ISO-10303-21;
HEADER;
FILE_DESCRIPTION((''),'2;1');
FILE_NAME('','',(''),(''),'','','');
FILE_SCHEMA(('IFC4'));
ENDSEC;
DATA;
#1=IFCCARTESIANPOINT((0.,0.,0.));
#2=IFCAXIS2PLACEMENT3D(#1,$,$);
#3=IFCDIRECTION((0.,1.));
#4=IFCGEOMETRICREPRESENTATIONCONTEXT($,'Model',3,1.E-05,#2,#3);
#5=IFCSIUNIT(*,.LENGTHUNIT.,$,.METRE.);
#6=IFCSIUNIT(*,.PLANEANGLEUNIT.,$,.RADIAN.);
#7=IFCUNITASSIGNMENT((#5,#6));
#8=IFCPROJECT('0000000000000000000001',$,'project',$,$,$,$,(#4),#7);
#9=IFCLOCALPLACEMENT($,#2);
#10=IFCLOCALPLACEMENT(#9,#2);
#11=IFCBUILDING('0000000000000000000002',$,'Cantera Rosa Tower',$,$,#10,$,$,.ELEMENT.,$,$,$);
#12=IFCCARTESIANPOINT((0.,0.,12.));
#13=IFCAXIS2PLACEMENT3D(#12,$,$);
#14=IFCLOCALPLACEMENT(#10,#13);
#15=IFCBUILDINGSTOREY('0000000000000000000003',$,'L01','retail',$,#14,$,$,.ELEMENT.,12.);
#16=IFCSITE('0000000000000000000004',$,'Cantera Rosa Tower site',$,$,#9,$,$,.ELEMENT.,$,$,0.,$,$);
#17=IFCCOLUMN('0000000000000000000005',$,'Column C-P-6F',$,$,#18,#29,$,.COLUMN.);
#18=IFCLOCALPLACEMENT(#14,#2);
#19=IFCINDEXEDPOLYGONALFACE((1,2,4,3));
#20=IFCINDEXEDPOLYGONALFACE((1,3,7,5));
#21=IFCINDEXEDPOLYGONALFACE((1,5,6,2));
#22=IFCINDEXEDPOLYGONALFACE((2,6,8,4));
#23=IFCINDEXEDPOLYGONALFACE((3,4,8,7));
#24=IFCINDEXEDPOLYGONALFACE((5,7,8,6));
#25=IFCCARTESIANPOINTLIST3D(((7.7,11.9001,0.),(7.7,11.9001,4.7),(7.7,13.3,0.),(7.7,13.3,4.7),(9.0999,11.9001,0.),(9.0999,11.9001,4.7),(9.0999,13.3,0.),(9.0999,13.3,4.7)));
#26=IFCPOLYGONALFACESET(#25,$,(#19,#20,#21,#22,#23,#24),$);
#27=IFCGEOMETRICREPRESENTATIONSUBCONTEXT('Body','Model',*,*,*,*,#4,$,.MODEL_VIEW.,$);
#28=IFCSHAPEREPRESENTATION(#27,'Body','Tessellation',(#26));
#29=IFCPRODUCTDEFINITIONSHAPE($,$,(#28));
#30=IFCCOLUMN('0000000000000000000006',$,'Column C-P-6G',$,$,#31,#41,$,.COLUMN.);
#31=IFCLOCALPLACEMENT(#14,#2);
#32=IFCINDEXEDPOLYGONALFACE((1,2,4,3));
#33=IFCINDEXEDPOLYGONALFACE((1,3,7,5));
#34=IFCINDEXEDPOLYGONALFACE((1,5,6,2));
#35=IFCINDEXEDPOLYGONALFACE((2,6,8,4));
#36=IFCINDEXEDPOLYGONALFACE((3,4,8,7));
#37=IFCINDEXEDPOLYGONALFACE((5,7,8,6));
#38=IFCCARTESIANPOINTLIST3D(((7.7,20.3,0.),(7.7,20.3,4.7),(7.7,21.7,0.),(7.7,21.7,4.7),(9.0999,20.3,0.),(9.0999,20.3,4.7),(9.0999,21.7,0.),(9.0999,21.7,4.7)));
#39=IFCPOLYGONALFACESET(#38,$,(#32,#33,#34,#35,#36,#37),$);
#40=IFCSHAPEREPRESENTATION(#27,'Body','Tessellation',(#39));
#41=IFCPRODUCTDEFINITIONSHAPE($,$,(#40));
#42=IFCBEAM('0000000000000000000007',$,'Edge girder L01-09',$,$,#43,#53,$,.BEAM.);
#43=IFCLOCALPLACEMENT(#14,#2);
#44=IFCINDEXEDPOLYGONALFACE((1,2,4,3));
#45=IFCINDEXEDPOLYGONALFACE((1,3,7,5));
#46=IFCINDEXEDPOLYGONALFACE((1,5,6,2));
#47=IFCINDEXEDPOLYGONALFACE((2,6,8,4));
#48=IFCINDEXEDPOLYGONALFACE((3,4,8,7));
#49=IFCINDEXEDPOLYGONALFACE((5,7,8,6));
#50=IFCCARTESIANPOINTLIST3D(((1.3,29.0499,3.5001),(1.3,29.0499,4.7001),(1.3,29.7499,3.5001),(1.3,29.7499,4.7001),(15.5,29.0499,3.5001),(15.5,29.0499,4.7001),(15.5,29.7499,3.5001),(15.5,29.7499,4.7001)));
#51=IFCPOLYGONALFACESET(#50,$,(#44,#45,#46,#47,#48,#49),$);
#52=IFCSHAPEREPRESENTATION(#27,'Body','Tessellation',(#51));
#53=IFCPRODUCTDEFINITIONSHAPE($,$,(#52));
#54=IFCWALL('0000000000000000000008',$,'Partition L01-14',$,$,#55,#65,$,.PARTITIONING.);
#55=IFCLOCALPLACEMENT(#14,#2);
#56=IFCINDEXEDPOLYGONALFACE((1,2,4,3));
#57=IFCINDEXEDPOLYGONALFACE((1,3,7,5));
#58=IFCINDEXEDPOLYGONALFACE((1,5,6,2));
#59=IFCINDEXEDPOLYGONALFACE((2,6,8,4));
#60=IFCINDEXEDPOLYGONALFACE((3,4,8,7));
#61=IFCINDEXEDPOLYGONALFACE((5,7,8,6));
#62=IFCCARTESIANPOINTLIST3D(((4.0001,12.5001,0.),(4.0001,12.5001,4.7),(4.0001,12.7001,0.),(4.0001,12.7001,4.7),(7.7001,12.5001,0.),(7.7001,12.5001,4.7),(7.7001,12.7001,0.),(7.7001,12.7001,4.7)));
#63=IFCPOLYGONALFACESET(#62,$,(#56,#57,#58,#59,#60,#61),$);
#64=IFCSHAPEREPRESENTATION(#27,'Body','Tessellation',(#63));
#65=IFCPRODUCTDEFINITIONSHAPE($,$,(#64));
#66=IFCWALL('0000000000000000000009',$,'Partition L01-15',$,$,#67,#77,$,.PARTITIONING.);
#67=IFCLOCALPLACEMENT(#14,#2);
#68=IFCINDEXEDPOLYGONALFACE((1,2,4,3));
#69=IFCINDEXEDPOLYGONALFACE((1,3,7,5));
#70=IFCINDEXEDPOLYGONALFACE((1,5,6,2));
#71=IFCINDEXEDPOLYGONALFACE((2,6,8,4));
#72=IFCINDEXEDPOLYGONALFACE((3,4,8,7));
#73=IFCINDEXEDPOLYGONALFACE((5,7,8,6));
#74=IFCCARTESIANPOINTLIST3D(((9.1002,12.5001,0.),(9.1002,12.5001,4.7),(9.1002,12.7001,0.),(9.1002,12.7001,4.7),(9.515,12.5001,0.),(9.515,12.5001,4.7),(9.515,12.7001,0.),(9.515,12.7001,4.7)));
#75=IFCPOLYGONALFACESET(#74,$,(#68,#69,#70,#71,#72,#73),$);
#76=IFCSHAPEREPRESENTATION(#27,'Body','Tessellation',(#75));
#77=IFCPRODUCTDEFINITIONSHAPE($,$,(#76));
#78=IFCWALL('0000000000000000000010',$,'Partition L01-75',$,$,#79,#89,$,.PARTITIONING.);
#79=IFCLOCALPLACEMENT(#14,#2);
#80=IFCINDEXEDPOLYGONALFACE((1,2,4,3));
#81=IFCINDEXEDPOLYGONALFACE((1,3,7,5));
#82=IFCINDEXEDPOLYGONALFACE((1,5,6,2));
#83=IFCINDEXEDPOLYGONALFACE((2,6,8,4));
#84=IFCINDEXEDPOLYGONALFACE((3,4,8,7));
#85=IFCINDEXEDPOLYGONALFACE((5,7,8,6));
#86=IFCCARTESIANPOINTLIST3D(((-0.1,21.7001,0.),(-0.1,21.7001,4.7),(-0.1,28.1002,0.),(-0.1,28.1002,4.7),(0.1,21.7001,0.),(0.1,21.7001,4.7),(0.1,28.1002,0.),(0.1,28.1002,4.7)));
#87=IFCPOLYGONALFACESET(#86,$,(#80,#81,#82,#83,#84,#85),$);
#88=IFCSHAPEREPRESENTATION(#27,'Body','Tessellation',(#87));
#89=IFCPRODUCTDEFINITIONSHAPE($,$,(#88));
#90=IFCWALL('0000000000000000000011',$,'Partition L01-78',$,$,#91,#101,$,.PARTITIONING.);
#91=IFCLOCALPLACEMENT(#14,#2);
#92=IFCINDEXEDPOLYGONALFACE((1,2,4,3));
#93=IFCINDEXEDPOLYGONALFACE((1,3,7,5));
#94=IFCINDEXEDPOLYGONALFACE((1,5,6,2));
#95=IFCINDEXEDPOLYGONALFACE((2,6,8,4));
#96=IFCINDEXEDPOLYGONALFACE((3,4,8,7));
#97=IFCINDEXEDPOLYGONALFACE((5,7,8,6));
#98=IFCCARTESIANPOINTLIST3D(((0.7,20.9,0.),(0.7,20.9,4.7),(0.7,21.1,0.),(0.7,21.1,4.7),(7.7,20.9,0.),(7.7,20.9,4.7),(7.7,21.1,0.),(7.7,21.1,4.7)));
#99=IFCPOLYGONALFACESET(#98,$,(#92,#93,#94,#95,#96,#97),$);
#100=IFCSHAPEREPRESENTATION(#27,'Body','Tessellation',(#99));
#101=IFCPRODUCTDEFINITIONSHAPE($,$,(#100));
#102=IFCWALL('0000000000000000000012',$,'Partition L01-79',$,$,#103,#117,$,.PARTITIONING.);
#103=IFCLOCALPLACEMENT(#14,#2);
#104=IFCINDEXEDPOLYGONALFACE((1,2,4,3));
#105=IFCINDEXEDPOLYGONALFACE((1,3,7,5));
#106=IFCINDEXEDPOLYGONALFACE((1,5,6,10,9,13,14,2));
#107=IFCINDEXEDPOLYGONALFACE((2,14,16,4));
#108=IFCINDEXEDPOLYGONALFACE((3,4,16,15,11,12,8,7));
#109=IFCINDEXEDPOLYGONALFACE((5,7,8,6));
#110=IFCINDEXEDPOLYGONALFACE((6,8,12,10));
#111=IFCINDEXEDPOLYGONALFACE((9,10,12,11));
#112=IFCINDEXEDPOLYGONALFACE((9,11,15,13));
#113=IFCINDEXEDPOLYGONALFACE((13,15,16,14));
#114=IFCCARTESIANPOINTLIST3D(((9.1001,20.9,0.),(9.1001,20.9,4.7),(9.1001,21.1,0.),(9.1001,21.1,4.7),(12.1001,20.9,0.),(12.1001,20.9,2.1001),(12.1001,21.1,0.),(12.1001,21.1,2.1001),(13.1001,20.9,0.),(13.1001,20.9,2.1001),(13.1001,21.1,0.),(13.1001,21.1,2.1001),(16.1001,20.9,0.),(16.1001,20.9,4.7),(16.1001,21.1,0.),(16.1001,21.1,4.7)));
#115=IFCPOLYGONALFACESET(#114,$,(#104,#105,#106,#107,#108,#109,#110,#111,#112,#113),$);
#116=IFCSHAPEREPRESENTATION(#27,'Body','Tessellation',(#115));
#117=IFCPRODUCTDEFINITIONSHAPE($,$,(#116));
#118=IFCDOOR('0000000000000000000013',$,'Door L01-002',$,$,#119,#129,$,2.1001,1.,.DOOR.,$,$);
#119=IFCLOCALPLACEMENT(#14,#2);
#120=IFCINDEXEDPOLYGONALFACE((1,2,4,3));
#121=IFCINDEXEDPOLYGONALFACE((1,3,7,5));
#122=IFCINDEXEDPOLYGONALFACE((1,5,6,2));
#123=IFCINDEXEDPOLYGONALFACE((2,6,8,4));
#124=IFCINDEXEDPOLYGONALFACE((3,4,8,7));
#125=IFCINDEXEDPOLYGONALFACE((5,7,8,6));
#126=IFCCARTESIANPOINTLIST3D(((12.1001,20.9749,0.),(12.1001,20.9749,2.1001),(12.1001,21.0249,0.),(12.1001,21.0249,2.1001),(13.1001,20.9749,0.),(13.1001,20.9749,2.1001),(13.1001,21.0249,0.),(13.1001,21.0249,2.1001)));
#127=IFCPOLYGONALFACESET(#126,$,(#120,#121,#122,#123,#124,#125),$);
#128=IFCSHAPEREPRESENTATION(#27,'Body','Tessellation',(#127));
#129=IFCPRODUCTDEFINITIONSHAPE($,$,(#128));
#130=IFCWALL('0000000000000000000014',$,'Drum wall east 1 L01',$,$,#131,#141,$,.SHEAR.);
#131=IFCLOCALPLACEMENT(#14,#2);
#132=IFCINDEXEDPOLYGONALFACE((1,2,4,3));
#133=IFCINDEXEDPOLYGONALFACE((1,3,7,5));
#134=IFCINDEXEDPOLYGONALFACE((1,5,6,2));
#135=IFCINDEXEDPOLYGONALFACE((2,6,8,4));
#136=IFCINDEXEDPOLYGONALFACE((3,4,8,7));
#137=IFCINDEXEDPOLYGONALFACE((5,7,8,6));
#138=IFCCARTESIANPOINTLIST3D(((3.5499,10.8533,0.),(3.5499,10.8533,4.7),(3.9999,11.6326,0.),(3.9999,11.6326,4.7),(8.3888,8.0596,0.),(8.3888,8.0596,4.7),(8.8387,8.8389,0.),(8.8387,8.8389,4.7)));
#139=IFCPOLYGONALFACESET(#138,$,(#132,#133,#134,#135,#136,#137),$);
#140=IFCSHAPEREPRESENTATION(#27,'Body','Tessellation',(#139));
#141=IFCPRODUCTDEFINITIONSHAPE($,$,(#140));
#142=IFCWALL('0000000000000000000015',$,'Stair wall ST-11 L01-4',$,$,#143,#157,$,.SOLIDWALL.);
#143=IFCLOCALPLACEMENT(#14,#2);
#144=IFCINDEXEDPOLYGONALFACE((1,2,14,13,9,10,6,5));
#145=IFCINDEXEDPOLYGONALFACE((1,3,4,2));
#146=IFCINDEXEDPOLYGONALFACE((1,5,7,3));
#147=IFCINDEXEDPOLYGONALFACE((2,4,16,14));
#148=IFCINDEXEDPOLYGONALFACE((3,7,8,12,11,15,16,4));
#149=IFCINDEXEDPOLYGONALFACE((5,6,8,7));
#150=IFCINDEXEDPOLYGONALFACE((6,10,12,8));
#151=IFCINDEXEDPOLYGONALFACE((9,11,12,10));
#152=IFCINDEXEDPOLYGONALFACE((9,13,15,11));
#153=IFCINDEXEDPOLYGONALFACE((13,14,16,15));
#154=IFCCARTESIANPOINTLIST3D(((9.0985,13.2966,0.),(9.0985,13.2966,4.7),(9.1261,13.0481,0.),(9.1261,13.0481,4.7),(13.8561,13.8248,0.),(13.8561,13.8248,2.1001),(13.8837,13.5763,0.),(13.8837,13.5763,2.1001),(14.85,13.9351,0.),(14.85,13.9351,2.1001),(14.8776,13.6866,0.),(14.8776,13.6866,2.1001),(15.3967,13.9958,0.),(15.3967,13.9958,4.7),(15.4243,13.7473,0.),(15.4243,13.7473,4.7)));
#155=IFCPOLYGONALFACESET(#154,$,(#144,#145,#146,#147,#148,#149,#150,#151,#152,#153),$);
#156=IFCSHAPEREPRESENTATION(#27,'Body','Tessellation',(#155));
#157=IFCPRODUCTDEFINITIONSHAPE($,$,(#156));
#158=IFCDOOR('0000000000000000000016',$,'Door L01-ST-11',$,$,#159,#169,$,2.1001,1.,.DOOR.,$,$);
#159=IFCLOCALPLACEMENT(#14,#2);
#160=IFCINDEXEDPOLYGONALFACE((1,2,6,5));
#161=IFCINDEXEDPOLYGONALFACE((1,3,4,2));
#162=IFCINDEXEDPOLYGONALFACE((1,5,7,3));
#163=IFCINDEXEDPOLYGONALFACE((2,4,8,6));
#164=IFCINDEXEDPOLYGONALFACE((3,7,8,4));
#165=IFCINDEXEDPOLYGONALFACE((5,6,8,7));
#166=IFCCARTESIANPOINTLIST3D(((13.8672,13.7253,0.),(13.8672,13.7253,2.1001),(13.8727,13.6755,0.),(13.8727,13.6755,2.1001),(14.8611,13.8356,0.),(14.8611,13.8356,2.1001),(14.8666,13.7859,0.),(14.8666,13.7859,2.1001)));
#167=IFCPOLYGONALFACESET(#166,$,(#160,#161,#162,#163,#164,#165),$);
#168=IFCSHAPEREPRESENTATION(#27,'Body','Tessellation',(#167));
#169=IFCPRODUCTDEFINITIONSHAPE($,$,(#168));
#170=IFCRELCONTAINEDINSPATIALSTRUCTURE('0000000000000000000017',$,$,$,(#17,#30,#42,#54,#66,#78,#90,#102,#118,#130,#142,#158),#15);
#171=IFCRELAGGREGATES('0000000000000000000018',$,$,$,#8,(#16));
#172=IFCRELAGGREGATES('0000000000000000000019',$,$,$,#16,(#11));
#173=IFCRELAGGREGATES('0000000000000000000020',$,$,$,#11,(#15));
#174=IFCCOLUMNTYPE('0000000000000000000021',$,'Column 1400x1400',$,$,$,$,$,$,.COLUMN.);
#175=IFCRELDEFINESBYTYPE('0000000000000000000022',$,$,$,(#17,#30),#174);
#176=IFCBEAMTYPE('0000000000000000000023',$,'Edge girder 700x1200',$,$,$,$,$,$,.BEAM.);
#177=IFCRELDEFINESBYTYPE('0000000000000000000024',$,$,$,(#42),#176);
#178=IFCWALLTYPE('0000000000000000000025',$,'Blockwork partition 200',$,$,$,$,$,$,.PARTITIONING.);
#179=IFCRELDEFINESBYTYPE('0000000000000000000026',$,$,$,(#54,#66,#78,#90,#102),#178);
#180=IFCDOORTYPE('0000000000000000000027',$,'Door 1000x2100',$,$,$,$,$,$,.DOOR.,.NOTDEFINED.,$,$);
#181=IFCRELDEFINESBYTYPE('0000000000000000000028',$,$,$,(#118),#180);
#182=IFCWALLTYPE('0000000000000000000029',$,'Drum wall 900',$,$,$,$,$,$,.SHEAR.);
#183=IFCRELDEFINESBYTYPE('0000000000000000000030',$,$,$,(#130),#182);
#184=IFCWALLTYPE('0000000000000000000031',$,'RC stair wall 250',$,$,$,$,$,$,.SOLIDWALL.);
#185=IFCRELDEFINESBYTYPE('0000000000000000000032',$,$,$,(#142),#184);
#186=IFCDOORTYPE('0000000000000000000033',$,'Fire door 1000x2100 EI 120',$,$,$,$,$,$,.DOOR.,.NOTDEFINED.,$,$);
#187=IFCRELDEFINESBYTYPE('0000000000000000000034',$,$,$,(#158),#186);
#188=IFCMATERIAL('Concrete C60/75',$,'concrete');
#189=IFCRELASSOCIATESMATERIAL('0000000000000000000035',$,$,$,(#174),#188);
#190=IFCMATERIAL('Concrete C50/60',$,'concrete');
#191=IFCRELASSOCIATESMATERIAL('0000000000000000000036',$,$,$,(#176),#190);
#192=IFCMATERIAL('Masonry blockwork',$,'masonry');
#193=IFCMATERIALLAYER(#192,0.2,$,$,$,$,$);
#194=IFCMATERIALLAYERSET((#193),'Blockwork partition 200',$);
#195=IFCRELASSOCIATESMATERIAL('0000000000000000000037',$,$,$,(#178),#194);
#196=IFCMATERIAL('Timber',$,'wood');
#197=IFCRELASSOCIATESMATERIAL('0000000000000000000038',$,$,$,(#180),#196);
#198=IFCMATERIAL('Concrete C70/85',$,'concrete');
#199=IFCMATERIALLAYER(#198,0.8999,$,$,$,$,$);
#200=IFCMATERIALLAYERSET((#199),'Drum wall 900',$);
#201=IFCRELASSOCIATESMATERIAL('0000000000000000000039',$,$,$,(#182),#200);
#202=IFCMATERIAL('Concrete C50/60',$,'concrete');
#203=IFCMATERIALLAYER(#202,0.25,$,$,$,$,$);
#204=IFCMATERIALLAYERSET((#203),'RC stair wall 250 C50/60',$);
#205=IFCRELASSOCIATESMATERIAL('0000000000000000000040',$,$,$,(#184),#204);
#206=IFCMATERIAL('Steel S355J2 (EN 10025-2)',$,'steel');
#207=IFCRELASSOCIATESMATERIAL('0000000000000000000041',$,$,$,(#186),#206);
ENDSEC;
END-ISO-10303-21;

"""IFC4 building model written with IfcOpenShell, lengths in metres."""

from ifc_helpers import new_model, si_unit, direction, frame, frame_2d, origin, origin_2d, place, context, subcontext, project, spatial, rectangle, extrude, material, layer, layer_set, material_profile, profile_set, type_object, element, fill, save


model = new_model("IFC4")

# Units and contexts
model_context = context("Model", 3, precision=1e-05, world=origin(), true_north=direction((0.0, 1.0)))
body_context = subcontext(model_context, "Body", "Model", "MODEL_VIEW")
ifc_project = project(units=[si_unit("LENGTHUNIT", "METRE"), si_unit("PLANEANGLEUNIT", "RADIAN")], contexts=[model_context])

# Site, building, storey
site_placement = place(None, origin())
site = spatial("IfcSite", under=ifc_project, at=site_placement, Name="Cantera Rosa Tower site", CompositionType="ELEMENT", RefElevation=0.0)
building_placement = place(site_placement, origin())
building = spatial("IfcBuilding", under=site, at=building_placement, Name="Cantera Rosa Tower", CompositionType="ELEMENT")
storey_placement = place(building_placement, frame((0.0, 0.0, 12.0)))
storey = spatial("IfcBuildingStorey", under=building, at=storey_placement, Name="L01", Description="retail", CompositionType="ELEMENT", Elevation=12.0)

# Columns
ifc_material_1 = material(Name="Concrete C60/75", Category="concrete")
ifc_material_profile_1 = material_profile(ifc_material_1, rectangle(XDim=1.3999, YDim=1.3999, at=origin_2d()), Name="Column 1400x1400")
ifc_profile_set_1 = profile_set([ifc_material_profile_1], Name="Concrete C60/75")
column_type = type_object("IfcColumnType", Name="Column 1400x1400", PredefinedType="COLUMN", material=ifc_profile_set_1)
for number, where, z_axis, x_axis, name in (
    (1, (8.3999, 12.6001, 0.0), (0.0, 0.0, 1.0), (1.0, 0.0, 0.0), "Column C-P-6F"),
    (2, (8.3999, 21.0, 0.0), (0.0, 0.0, 1.0), (1.0, 0.0, 0.0), "Column C-P-6G"),
):
    element("IfcColumn", number, at=place(storey_placement, frame(where, z_axis=z_axis, x_axis=x_axis)), inside=storey, type_object=column_type, Name=name, PredefinedType="COLUMN", context=body_context, shape_type="SweptSolid", body=[
        extrude(rectangle(XDim=1.3999, YDim=1.3999, at=origin_2d()), origin(), (0.0, 0.0, 1.0), 4.7),
    ])

# Beam
ifc_material_2 = material(Name="Concrete C50/60", Category="concrete")
ifc_material_profile_2 = material_profile(ifc_material_2, rectangle(XDim=0.7, YDim=1.2, at=origin_2d()), Name="Edge girder 700x1200")
ifc_profile_set_2 = profile_set([ifc_material_profile_2], Name="Concrete C50/60")
beam_type = type_object("IfcBeamType", Name="Edge girder 700x1200", PredefinedType="BEAM", material=ifc_profile_set_2)
beam_placement = place(storey_placement, frame((1.3, 29.3999, 4.1001), z_axis=(1.0, 0.0, 0.0), x_axis=(0.0, 1.0, 0.0)))
element("IfcBeam", 3, at=beam_placement, inside=storey, type_object=beam_type, Name="Edge girder L01-09", PredefinedType="BEAM", context=body_context, shape_type="SweptSolid", body=[
    extrude(rectangle(XDim=0.7, YDim=1.2, at=origin_2d()), origin(), (0.0, 0.0, 1.0), 14.2),
])

# Walls
ifc_material_3 = material(Name="Masonry blockwork", Category="masonry")
ifc_layer_1 = layer(ifc_material_3, 0.2)
ifc_layer_set_1 = layer_set([ifc_layer_1], Name="Blockwork partition 200")
wall_type_1 = type_object("IfcWallType", Name="Blockwork partition 200", PredefinedType="PARTITIONING", material=ifc_layer_set_1)
wall_1_placement = place(storey_placement, frame((4.0, 12.6001, 0.0), z_axis=(0.0, 0.0, 1.0), x_axis=(1.0, 0.0, 0.0)))
element("IfcWall", 4, at=wall_1_placement, inside=storey, type_object=wall_type_1, Name="Partition L01-14", PredefinedType="PARTITIONING", context=body_context, shape_type="SweptSolid", body=[
    extrude(rectangle(XDim=3.7, YDim=0.2, at=frame_2d((1.8501, 0.0))), origin(), (0.0, 0.0, 1.0), 4.7),
])
wall_2_placement = place(storey_placement, frame((9.1001, 12.6001, 0.0), z_axis=(0.0, 0.0, 1.0), x_axis=(1.0, 0.0, 0.0)))
element("IfcWall", 5, at=wall_2_placement, inside=storey, type_object=wall_type_1, Name="Partition L01-15", PredefinedType="PARTITIONING", context=body_context, shape_type="SweptSolid", body=[
    extrude(rectangle(XDim=0.4148, YDim=0.2, at=frame_2d((0.2075, 0.0))), origin(), (0.0, 0.0, 1.0), 4.7),
])
wall_3_placement = place(storey_placement, frame((0.0, 21.7, 0.0), z_axis=(0.0, 0.0, 1.0), x_axis=(0.0, 1.0, 0.0)))
element("IfcWall", 6, at=wall_3_placement, inside=storey, type_object=wall_type_1, Name="Partition L01-75", PredefinedType="PARTITIONING", context=body_context, shape_type="SweptSolid", body=[
    extrude(rectangle(XDim=6.4001, YDim=0.2, at=frame_2d((3.2002, 0.0))), origin(), (0.0, 0.0, 1.0), 4.7),
])
wall_4_placement = place(storey_placement, frame((0.7, 21.0, 0.0), z_axis=(0.0, 0.0, 1.0), x_axis=(1.0, 0.0, 0.0)))
element("IfcWall", 7, at=wall_4_placement, inside=storey, type_object=wall_type_1, Name="Partition L01-78", PredefinedType="PARTITIONING", context=body_context, shape_type="SweptSolid", body=[
    extrude(rectangle(XDim=7.0, YDim=0.2, at=frame_2d((3.5, 0.0))), origin(), (0.0, 0.0, 1.0), 4.7),
])

# Wall, opening, door
wall_5_placement = place(storey_placement, frame((9.1001, 21.0, 0.0), z_axis=(0.0, 0.0, 1.0), x_axis=(1.0, 0.0, 0.0)))
wall_5 = element("IfcWall", 8, at=wall_5_placement, inside=storey, type_object=wall_type_1, Name="Partition L01-79", PredefinedType="PARTITIONING", context=body_context, shape_type="SweptSolid", body=[
    extrude(rectangle(XDim=7.0, YDim=0.2, at=frame_2d((3.5, 0.0))), origin(), (0.0, 0.0, 1.0), 4.7),
])
opening_1_placement = place(wall_5_placement, frame((3.0, 0.0, 0.0)))
opening_1 = element("IfcOpeningElement", 9, at=opening_1_placement, cuts=wall_5, PredefinedType="OPENING", context=body_context, shape_type="SweptSolid", body=[
    extrude(rectangle(XDim=1.0, YDim=2.1001, at=frame_2d((0.5, 1.05))), frame((0.0, 0.1099, 0.0), z_axis=(0.0, -1.0, 0.0), x_axis=(1.0, 0.0, 0.0)), (0.0, 0.0, 1.0), 0.22),
])
ifc_material_4 = material(Name="Timber", Category="wood")
door_type_1 = type_object("IfcDoorType", Name="Door 1000x2100", OperationType="NOTDEFINED", PredefinedType="DOOR", material=ifc_material_4)
door_1_placement = place(opening_1_placement, origin())
door_1 = element("IfcDoor", 10, at=door_1_placement, inside=storey, type_object=door_type_1, Name="Door L01-002", OverallHeight=2.1001, OverallWidth=1.0, PredefinedType="DOOR", context=body_context, shape_type="SweptSolid", body=[
    extrude(rectangle(XDim=1.0, YDim=2.1001, at=frame_2d((0.5, 1.05))), frame((0.0, 0.0249, 0.0), z_axis=(0.0, -1.0, 0.0), x_axis=(1.0, 0.0, 0.0)), (0.0, 0.0, 1.0), 0.05),
])
fill(opening_1, door_1)

# Wall
ifc_material_5 = material(Name="Concrete C70/85", Category="concrete")
ifc_layer_2 = layer(ifc_material_5, 0.8999)
ifc_layer_set_2 = layer_set([ifc_layer_2], Name="Drum wall 900")
wall_type_2 = type_object("IfcWallType", Name="Drum wall 900", PredefinedType="SHEAR", material=ifc_layer_set_2)
wall_6_placement = place(storey_placement, frame((3.7749, 11.2429, 0.0), z_axis=(0.0, 0.0, 1.0), x_axis=(0.866027, -0.499997, 0.0)))
element("IfcWall", 11, at=wall_6_placement, inside=storey, type_object=wall_type_2, Name="Drum wall east 1 L01", PredefinedType="SHEAR", context=body_context, shape_type="SweptSolid", body=[
    extrude(rectangle(XDim=5.5874, YDim=0.8999, at=frame_2d((2.7937, 0.0))), origin(), (0.0, 0.0, 1.0), 4.7),
])

# Wall, opening, door
ifc_material_6 = material(Name="Concrete C50/60", Category="concrete")
ifc_layer_3 = layer(ifc_material_6, 0.25)
ifc_layer_set_3 = layer_set([ifc_layer_3], Name="RC stair wall 250 C50/60")
wall_type_3 = type_object("IfcWallType", Name="RC stair wall 250", PredefinedType="SOLIDWALL", material=ifc_layer_set_3)
wall_7_placement = place(storey_placement, frame((9.1123, 13.1724, 0.0), z_axis=(0.0, 0.0, 1.0), x_axis=(0.993894, 0.110338, 0.0)))
wall_7 = element("IfcWall", 12, at=wall_7_placement, inside=storey, type_object=wall_type_3, Name="Stair wall ST-11 L01-4", PredefinedType="SOLIDWALL", context=body_context, shape_type="SweptSolid", body=[
    extrude(rectangle(XDim=6.3369, YDim=0.25, at=frame_2d((3.1685, 0.0))), origin(), (0.0, 0.0, 1.0), 4.7),
])
opening_2_placement = place(wall_7_placement, frame((4.7869, 0.0, 0.0)))
opening_2 = element("IfcOpeningElement", 13, at=opening_2_placement, cuts=wall_7, PredefinedType="OPENING", context=body_context, shape_type="SweptSolid", body=[
    extrude(rectangle(XDim=1.0, YDim=2.1001, at=frame_2d((0.5, 1.05))), frame((0.0, 0.135, 0.0), z_axis=(0.0, -1.0, 0.0), x_axis=(1.0, 0.0, 0.0)), (0.0, 0.0, 1.0), 0.27),
])
ifc_material_7 = material(Name="Steel S355J2 (EN 10025-2)", Category="steel")
door_type_2 = type_object("IfcDoorType", Name="Fire door 1000x2100 EI 120", OperationType="NOTDEFINED", PredefinedType="DOOR", material=ifc_material_7)
door_2_placement = place(opening_2_placement, origin())
door_2 = element("IfcDoor", 14, at=door_2_placement, inside=storey, type_object=door_type_2, Name="Door L01-ST-11", OverallHeight=2.1001, OverallWidth=1.0, PredefinedType="DOOR", context=body_context, shape_type="SweptSolid", body=[
    extrude(rectangle(XDim=1.0, YDim=2.1001, at=frame_2d((0.5, 1.05))), frame((0.0, 0.0249, 0.0), z_axis=(0.0, -1.0, 0.0), x_axis=(1.0, 0.0, 0.0)), (0.0, 0.0, 1.0), 0.05),
])
fill(opening_2, door_2)

save(model, "model.ifc")
